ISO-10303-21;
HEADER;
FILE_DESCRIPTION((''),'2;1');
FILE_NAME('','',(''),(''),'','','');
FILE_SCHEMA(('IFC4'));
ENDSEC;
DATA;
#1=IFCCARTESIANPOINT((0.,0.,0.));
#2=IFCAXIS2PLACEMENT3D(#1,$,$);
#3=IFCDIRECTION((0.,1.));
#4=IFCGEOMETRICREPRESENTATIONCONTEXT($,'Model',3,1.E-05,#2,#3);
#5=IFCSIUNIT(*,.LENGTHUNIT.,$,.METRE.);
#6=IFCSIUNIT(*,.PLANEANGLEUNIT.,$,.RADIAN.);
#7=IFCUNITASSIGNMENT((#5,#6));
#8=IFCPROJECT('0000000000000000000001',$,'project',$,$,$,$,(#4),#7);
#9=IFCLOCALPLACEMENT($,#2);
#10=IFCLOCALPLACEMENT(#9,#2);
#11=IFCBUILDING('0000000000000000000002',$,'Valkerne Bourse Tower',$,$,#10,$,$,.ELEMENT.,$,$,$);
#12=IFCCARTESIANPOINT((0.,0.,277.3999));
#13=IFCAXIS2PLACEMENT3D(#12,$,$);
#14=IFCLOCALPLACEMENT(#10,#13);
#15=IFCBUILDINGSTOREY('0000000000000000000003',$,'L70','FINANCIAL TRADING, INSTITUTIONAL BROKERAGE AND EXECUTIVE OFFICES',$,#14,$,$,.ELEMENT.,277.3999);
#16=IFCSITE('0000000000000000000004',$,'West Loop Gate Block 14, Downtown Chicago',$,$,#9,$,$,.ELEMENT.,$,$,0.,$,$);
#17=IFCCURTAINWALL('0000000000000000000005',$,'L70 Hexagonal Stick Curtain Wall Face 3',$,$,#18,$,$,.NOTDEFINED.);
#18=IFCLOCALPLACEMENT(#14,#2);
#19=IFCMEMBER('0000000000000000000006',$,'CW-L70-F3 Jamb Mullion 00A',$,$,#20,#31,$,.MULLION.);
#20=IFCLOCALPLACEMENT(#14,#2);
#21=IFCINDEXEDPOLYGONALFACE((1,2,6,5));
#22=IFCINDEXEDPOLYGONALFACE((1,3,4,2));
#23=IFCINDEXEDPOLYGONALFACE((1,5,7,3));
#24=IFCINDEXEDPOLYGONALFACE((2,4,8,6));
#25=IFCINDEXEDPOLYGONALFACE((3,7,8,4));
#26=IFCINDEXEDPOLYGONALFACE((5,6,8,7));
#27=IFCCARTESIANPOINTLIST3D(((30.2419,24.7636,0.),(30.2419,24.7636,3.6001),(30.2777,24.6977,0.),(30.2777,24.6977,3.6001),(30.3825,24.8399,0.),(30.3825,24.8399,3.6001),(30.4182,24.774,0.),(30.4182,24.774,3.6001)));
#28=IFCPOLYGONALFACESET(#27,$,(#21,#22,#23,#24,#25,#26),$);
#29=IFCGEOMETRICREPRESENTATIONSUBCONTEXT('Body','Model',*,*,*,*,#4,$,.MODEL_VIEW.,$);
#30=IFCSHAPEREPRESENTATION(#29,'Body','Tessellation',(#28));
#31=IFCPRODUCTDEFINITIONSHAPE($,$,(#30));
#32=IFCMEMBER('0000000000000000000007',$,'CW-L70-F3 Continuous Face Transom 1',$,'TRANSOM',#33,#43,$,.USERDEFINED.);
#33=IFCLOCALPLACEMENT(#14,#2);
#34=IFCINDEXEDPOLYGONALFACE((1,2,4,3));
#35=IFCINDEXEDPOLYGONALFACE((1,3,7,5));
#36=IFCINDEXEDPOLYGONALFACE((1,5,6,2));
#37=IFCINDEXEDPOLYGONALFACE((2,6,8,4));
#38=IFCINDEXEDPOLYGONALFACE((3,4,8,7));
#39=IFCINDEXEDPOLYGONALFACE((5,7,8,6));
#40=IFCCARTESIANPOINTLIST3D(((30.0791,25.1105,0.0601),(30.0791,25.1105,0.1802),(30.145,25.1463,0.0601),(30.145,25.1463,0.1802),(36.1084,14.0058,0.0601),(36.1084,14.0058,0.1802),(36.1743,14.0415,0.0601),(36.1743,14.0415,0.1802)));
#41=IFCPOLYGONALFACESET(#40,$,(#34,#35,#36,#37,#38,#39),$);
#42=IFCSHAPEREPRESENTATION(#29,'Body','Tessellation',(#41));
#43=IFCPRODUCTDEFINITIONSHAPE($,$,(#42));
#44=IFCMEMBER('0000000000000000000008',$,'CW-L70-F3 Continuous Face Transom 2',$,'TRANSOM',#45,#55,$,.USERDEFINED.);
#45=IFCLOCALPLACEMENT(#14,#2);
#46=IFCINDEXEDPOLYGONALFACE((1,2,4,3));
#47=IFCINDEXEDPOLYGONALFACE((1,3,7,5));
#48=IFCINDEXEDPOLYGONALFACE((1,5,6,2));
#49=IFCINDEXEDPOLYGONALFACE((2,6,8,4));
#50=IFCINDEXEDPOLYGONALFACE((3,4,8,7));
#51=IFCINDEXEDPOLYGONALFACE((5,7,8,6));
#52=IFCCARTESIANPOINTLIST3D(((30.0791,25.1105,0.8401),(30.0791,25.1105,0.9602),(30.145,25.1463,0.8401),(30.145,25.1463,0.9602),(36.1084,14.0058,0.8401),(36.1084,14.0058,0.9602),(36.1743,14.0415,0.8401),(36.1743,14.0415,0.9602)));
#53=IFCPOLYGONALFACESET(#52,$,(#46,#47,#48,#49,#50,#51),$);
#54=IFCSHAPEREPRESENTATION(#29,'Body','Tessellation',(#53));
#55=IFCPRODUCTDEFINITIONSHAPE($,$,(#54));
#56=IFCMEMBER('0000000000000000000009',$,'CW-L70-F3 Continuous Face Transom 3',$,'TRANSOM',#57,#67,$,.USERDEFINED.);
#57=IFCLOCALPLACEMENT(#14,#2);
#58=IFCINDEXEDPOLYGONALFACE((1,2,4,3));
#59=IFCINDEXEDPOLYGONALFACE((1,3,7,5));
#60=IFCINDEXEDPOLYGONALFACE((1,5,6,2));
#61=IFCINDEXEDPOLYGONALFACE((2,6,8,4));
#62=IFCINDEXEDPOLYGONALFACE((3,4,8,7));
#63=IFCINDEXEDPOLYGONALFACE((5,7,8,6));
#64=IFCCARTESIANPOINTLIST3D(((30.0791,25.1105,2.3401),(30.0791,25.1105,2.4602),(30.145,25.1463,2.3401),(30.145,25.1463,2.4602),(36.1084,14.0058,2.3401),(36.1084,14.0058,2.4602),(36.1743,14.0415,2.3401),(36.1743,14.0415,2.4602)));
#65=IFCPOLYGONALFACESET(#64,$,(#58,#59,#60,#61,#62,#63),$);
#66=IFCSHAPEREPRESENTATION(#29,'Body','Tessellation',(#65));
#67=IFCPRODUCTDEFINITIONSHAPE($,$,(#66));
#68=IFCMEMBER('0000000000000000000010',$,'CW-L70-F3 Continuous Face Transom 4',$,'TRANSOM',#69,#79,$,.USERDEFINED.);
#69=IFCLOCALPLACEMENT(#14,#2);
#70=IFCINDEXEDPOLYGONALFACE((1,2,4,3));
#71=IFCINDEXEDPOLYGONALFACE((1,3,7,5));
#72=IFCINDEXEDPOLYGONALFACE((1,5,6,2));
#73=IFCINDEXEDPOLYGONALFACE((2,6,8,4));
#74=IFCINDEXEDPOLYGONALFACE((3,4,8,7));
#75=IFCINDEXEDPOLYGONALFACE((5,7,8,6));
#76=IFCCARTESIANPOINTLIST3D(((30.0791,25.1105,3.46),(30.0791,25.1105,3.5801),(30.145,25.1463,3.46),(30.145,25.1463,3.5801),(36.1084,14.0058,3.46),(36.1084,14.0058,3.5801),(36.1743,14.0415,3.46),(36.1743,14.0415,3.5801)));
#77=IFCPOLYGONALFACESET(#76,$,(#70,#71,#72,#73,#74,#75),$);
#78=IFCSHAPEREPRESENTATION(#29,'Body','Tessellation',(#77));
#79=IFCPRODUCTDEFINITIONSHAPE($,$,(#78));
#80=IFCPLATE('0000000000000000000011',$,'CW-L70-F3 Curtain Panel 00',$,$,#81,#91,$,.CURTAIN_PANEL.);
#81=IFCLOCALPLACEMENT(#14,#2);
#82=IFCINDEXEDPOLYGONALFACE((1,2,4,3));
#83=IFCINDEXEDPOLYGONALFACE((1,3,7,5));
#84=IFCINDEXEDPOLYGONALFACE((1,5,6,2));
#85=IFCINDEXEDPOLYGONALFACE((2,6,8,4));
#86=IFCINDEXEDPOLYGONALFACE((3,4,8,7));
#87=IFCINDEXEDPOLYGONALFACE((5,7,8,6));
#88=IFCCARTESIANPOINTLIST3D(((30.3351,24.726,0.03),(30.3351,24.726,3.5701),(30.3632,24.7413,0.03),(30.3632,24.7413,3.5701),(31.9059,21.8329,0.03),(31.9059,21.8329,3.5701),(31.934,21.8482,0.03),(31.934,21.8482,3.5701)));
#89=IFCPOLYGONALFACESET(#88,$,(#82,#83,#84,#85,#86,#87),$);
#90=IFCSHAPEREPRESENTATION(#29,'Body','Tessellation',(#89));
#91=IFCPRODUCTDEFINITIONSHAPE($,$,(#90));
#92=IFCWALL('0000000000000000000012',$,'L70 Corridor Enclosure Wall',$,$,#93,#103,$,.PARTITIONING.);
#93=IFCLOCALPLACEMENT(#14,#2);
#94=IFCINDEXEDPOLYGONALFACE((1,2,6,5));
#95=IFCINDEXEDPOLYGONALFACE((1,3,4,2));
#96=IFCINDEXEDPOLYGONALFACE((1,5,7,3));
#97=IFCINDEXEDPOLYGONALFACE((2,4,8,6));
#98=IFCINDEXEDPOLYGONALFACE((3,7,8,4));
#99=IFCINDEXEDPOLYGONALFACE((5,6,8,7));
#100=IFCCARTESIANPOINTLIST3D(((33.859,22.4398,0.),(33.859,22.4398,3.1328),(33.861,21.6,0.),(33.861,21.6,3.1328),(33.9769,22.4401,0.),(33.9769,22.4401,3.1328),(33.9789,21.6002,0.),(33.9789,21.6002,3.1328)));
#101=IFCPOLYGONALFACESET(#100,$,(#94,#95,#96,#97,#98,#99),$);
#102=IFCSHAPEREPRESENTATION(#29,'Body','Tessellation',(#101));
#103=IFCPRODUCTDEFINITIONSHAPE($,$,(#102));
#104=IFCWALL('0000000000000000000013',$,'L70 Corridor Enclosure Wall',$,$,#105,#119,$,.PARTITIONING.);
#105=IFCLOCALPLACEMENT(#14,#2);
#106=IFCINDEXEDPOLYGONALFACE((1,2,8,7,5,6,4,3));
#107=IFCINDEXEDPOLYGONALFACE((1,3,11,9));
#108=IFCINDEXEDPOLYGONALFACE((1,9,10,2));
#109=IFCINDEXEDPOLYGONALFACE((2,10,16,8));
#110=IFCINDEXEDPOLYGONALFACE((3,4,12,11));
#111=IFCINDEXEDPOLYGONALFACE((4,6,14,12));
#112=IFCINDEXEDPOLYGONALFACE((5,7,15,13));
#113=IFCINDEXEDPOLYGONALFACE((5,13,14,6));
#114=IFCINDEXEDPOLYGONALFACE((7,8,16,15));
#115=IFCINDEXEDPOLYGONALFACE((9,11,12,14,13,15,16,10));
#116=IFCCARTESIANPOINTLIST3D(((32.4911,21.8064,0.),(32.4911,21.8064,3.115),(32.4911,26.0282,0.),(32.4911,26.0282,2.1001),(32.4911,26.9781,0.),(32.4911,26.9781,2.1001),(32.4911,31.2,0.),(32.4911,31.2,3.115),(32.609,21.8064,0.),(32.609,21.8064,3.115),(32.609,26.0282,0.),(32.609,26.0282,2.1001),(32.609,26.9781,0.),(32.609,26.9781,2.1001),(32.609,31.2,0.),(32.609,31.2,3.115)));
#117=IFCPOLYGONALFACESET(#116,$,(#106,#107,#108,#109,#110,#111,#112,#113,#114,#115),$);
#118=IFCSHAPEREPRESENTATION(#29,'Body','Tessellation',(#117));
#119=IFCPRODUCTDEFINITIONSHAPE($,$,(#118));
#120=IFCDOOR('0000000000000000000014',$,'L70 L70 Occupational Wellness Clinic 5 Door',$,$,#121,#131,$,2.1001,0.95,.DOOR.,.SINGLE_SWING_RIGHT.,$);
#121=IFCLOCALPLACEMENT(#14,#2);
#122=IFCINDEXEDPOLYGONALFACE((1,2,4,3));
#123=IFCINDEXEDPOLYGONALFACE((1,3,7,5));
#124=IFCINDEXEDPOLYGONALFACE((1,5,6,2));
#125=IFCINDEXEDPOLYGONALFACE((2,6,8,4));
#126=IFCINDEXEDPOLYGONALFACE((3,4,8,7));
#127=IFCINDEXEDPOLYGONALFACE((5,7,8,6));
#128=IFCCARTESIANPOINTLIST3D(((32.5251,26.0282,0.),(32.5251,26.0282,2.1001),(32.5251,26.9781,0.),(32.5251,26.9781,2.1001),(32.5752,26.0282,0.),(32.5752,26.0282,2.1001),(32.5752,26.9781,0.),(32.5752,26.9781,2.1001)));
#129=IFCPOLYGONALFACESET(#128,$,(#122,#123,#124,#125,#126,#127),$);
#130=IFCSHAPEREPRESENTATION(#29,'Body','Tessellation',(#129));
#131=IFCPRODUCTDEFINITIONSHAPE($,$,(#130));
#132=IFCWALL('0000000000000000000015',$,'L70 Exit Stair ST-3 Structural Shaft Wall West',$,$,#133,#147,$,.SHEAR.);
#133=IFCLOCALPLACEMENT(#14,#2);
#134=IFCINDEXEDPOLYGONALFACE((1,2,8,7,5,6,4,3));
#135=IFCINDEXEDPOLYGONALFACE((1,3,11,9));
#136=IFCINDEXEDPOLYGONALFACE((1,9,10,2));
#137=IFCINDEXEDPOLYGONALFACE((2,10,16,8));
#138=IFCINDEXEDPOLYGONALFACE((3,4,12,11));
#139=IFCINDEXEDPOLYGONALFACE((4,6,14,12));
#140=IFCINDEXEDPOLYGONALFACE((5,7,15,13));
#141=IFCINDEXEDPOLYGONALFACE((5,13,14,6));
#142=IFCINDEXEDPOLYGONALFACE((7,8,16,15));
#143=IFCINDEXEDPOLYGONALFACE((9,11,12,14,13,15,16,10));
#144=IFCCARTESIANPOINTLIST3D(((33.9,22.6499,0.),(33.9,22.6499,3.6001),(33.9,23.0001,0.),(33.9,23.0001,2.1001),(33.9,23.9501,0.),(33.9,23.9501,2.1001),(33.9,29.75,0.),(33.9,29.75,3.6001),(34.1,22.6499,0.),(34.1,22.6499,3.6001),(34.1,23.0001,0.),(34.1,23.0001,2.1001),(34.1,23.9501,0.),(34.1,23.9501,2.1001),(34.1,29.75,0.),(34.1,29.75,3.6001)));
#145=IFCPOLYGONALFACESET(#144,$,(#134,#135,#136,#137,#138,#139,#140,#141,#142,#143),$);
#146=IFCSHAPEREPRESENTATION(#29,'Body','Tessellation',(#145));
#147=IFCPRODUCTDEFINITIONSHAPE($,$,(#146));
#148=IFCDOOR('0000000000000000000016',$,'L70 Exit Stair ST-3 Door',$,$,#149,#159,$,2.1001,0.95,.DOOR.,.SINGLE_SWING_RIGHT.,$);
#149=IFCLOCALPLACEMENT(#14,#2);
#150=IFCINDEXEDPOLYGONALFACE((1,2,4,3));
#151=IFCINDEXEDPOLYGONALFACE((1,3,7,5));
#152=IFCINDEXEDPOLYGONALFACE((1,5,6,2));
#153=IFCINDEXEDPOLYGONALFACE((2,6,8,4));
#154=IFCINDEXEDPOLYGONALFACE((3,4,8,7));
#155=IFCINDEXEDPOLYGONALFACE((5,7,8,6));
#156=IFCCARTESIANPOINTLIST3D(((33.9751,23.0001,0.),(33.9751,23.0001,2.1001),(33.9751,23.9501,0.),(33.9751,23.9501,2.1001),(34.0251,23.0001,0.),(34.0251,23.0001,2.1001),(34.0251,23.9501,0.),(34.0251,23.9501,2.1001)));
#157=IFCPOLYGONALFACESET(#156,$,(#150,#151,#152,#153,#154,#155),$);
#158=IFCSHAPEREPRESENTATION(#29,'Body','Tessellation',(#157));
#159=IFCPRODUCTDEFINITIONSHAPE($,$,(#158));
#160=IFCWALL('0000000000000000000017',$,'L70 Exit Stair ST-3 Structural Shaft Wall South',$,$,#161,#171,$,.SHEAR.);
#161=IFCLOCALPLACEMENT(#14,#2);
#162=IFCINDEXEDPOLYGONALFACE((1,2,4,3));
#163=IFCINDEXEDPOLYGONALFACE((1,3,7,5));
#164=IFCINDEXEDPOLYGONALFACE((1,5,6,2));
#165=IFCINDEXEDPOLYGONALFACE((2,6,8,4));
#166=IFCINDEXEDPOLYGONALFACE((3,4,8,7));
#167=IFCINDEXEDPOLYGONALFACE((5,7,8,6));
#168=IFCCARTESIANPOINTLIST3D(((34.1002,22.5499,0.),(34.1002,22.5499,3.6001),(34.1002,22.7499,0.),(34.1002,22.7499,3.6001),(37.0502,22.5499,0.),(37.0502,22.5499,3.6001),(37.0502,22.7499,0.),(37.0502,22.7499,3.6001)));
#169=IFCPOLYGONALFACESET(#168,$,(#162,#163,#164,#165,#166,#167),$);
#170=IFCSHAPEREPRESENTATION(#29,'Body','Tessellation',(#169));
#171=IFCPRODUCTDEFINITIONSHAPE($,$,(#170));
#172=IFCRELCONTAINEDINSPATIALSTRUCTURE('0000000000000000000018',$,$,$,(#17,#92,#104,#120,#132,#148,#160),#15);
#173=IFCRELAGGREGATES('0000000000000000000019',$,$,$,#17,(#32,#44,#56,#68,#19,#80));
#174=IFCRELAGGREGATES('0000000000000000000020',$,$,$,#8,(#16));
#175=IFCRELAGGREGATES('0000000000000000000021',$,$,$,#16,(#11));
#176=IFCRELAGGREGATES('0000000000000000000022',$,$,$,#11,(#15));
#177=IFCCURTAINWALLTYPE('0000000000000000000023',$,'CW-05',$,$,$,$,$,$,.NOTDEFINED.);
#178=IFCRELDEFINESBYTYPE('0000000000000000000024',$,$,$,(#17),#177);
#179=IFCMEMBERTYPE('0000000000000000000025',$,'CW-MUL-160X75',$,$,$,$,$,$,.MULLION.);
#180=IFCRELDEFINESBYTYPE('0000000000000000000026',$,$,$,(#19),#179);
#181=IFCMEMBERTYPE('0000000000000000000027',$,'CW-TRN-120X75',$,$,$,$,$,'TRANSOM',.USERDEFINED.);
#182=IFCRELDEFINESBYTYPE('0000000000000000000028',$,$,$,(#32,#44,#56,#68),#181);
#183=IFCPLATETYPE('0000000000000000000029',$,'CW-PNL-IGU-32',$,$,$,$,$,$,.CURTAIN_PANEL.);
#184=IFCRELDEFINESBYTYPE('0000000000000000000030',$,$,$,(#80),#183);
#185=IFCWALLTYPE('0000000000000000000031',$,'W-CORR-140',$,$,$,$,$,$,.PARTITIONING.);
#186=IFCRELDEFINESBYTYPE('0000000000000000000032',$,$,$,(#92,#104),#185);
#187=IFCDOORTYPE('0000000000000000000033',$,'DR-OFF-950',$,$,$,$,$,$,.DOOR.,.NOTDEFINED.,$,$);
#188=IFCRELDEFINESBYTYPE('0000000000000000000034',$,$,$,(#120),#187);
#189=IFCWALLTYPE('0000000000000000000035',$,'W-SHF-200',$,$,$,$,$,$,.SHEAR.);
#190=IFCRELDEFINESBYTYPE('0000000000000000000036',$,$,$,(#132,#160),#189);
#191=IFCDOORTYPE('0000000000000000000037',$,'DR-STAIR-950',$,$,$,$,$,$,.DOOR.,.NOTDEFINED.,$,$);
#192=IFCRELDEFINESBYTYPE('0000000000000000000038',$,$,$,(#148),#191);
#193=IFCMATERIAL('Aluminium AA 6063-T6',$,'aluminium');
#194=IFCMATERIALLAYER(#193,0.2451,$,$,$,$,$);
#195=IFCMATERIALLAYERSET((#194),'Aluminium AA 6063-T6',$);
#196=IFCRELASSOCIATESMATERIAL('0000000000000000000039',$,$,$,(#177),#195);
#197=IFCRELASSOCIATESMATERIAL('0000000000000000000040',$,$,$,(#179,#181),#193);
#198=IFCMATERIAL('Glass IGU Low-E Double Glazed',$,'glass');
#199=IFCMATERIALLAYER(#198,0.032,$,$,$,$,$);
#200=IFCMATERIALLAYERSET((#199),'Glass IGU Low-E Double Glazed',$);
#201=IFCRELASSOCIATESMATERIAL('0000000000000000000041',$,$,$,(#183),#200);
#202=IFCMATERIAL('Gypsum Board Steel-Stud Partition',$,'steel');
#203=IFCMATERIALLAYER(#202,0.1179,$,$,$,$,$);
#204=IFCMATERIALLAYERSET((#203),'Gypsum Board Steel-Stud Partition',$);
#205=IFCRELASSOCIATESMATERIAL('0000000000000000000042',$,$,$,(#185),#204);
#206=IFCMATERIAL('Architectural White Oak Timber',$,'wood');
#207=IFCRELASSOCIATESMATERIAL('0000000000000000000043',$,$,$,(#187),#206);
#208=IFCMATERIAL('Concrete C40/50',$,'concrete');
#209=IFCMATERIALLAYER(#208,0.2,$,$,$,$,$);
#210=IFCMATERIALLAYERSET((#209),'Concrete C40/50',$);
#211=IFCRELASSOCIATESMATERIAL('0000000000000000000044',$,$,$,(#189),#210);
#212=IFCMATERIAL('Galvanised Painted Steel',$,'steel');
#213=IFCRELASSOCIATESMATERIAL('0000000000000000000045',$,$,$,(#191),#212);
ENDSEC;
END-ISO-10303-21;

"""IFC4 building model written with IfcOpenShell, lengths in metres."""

from ifc_helpers import new_model, si_unit, direction, frame, frame_2d, origin, origin_2d, place, context, subcontext, project, spatial, rectangle, extrude, material, layer, layer_set, material_profile, profile_set, type_object, element, fill, aggregate, save


model = new_model("IFC4")

# Units and contexts
model_context = context("Model", 3, precision=1e-05, world=origin(), true_north=direction((0.0, 1.0)))
body_context = subcontext(model_context, "Body", "Model", "MODEL_VIEW")
ifc_project = project(units=[si_unit("LENGTHUNIT", "METRE"), si_unit("PLANEANGLEUNIT", "RADIAN")], contexts=[model_context])

# Site, building, storey
site_placement = place(None, origin())
site = spatial("IfcSite", under=ifc_project, at=site_placement, Name="West Loop Gate Block 14, Downtown Chicago", CompositionType="ELEMENT", RefElevation=0.0)
building_placement = place(site_placement, origin())
building = spatial("IfcBuilding", under=site, at=building_placement, Name="Valkerne Bourse Tower", CompositionType="ELEMENT")
storey_placement = place(building_placement, frame((0.0, 0.0, 277.3999)))
storey = spatial("IfcBuildingStorey", under=building, at=storey_placement, Name="L70", Description="FINANCIAL TRADING, INSTITUTIONAL BROKERAGE AND EXECUTIVE OFFICES", CompositionType="ELEMENT", Elevation=277.3999)

# Curtain wall, members, plate
ifc_material_1 = material(Name="Aluminium AA 6063-T6", Category="aluminium")
ifc_layer_1 = layer(ifc_material_1, 0.2451)
ifc_layer_set_1 = layer_set([ifc_layer_1], Name="Aluminium AA 6063-T6")
curtain_wall_type = type_object("IfcCurtainWallType", Name="CW-05", PredefinedType="NOTDEFINED", material=ifc_layer_set_1)
curtain_wall_placement = place(storey_placement, origin())
curtain_wall = element("IfcCurtainWall", 1, at=curtain_wall_placement, inside=storey, type_object=curtain_wall_type, Name="L70 Hexagonal Stick Curtain Wall Face 3", PredefinedType="NOTDEFINED")
ifc_material_profile_1 = material_profile(ifc_material_1, rectangle(XDim=0.075, YDim=0.1599, at=origin_2d()), Name="CWM-75X160")
ifc_profile_set_1 = profile_set([ifc_material_profile_1], Name="Aluminium AA 6063-T6")
member_type_1 = type_object("IfcMemberType", Name="CW-MUL-160X75", PredefinedType="MULLION", material=ifc_profile_set_1)
member_1_placement = place(storey_placement, frame((30.3301, 24.7688, 0.0), z_axis=(0.0, 0.0, 1.0), x_axis=(0.477158, -0.878818, 0.0)))
member_1 = element("IfcMember", 2, at=member_1_placement, type_object=member_type_1, Name="CW-L70-F3 Jamb Mullion 00A", PredefinedType="MULLION", context=body_context, shape_type="SweptSolid", body=[
    extrude(rectangle(XDim=0.075, YDim=0.1599, at=origin_2d()), origin(), (0.0, 0.0, 1.0), 3.6001),
])
ifc_material_profile_2 = material_profile(ifc_material_1, rectangle(XDim=0.075, YDim=0.1201, at=origin_2d()), Name="CWT-75X120")
ifc_profile_set_2 = profile_set([ifc_material_profile_2], Name="Aluminium AA 6063-T6")
member_type_2 = type_object("IfcMemberType", Name="CW-TRN-120X75", ElementType="TRANSOM", PredefinedType="USERDEFINED", material=ifc_profile_set_2)
member_2_placement = place(storey_placement, frame((30.1121, 25.1284, 0.1201), z_axis=(0.477154, -0.87882, 0.0), x_axis=(0.87882, 0.477154, 0.0)))
member_2 = element("IfcMember", 3, at=member_2_placement, type_object=member_type_2, Name="CW-L70-F3 Continuous Face Transom 1", ObjectType="TRANSOM", PredefinedType="USERDEFINED", context=body_context, shape_type="SweptSolid", body=[
    extrude(rectangle(XDim=0.075, YDim=0.1201, at=origin_2d()), origin(), (0.0, 0.0, 1.0), 12.636),
])
member_3_placement = place(storey_placement, frame((30.1121, 25.1284, 0.9001), z_axis=(0.477154, -0.87882, 0.0), x_axis=(0.87882, 0.477154, 0.0)))
member_3 = element("IfcMember", 4, at=member_3_placement, type_object=member_type_2, Name="CW-L70-F3 Continuous Face Transom 2", ObjectType="TRANSOM", PredefinedType="USERDEFINED", context=body_context, shape_type="SweptSolid", body=[
    extrude(rectangle(XDim=0.075, YDim=0.1201, at=origin_2d()), origin(), (0.0, 0.0, 1.0), 12.636),
])
member_4_placement = place(storey_placement, frame((30.1121, 25.1284, 2.4001), z_axis=(0.477154, -0.87882, 0.0), x_axis=(0.87882, 0.477154, 0.0)))
member_4 = element("IfcMember", 5, at=member_4_placement, type_object=member_type_2, Name="CW-L70-F3 Continuous Face Transom 3", ObjectType="TRANSOM", PredefinedType="USERDEFINED", context=body_context, shape_type="SweptSolid", body=[
    extrude(rectangle(XDim=0.075, YDim=0.1201, at=origin_2d()), origin(), (0.0, 0.0, 1.0), 12.636),
])
member_5_placement = place(storey_placement, frame((30.1121, 25.1284, 3.52), z_axis=(0.477154, -0.87882, 0.0), x_axis=(0.87882, 0.477154, 0.0)))
member_5 = element("IfcMember", 6, at=member_5_placement, type_object=member_type_2, Name="CW-L70-F3 Continuous Face Transom 4", ObjectType="TRANSOM", PredefinedType="USERDEFINED", context=body_context, shape_type="SweptSolid", body=[
    extrude(rectangle(XDim=0.075, YDim=0.1201, at=origin_2d()), origin(), (0.0, 0.0, 1.0), 12.636),
])
ifc_material_2 = material(Name="Glass IGU Low-E Double Glazed", Category="glass")
ifc_layer_2 = layer(ifc_material_2, 0.032)
ifc_layer_set_2 = layer_set([ifc_layer_2], Name="Glass IGU Low-E Double Glazed")
plate_type = type_object("IfcPlateType", Name="CW-PNL-IGU-32", PredefinedType="CURTAIN_PANEL", material=ifc_layer_set_2)
plate_placement = place(storey_placement, frame((31.1345, 23.2871, 0.03), z_axis=(0.0, 0.0, 1.0), x_axis=(0.477158, -0.878818, 0.0)))
plate = element("IfcPlate", 7, at=plate_placement, type_object=plate_type, Name="CW-L70-F3 Curtain Panel 00", PredefinedType="CURTAIN_PANEL", context=body_context, shape_type="SweptSolid", body=[
    extrude(rectangle(XDim=3.292, YDim=0.032, at=origin_2d()), origin(), (0.0, 0.0, 1.0), 3.54),
])
aggregate(curtain_wall, [member_2, member_3, member_4, member_5, member_1, plate])

# Wall
ifc_material_3 = material(Name="Gypsum Board Steel-Stud Partition", Category="steel")
ifc_layer_3 = layer(ifc_material_3, 0.1179)
ifc_layer_set_3 = layer_set([ifc_layer_3], Name="Gypsum Board Steel-Stud Partition")
wall_type_1 = type_object("IfcWallType", Name="W-CORR-140", PredefinedType="PARTITIONING", material=ifc_layer_set_3)
wall_1_placement = place(storey_placement, frame((33.918, 22.4399, 0.0), z_axis=(0.0, 0.0, 1.0), x_axis=(0.002326, -0.999997, 0.0)))
element("IfcWall", 8, at=wall_1_placement, inside=storey, type_object=wall_type_1, Name="L70 Corridor Enclosure Wall", PredefinedType="PARTITIONING", context=body_context, shape_type="SweptSolid", body=[
    extrude(rectangle(XDim=0.8398, YDim=0.1179, at=frame_2d((0.4199, 0.0))), origin(), (0.0, 0.0, 1.0), 3.1328),
])

# Walls, openings, doors
wall_2_placement = place(storey_placement, frame((32.55, 21.8064, 0.0), z_axis=(0.0, 0.0, 1.0), x_axis=(0.0, 1.0, 0.0)))
wall_2 = element("IfcWall", 9, at=wall_2_placement, inside=storey, type_object=wall_type_1, Name="L70 Corridor Enclosure Wall", PredefinedType="PARTITIONING", context=body_context, shape_type="SweptSolid", body=[
    extrude(rectangle(XDim=9.3936, YDim=0.1179, at=frame_2d((4.6968, 0.0))), origin(), (0.0, 0.0, 1.0), 3.115),
])
opening_1_placement = place(wall_2_placement, frame((4.2217, 0.0, 0.0)))
opening_1 = element("IfcOpeningElement", 10, at=opening_1_placement, cuts=wall_2, PredefinedType="OPENING", context=body_context, shape_type="SweptSolid", body=[
    extrude(rectangle(XDim=0.95, YDim=2.1001, at=frame_2d((0.4751, 1.05))), frame((0.0, 0.0688, 0.0), z_axis=(0.0, -1.0, 0.0), x_axis=(1.0, 0.0, 0.0)), (0.0, 0.0, 1.0), 0.1379),
])
ifc_material_4 = material(Name="Architectural White Oak Timber", Category="wood")
door_type_1 = type_object("IfcDoorType", Name="DR-OFF-950", OperationType="NOTDEFINED", PredefinedType="DOOR", material=ifc_material_4)
door_1_placement = place(opening_1_placement, origin())
door_1 = element("IfcDoor", 11, at=door_1_placement, inside=storey, type_object=door_type_1, Name="L70 L70 Occupational Wellness Clinic 5 Door", OperationType="SINGLE_SWING_RIGHT", OverallHeight=2.1001, OverallWidth=0.95, PredefinedType="DOOR", context=body_context, shape_type="SweptSolid", body=[
    extrude(rectangle(XDim=0.95, YDim=2.1001, at=frame_2d((0.4751, 1.05))), frame((0.0, 0.0249, 0.0), z_axis=(0.0, -1.0, 0.0), x_axis=(1.0, 0.0, 0.0)), (0.0, 0.0, 1.0), 0.05),
])
fill(opening_1, door_1)
ifc_material_5 = material(Name="Concrete C40/50", Category="concrete")
ifc_layer_4 = layer(ifc_material_5, 0.2)
ifc_layer_set_4 = layer_set([ifc_layer_4], Name="Concrete C40/50")
wall_type_2 = type_object("IfcWallType", Name="W-SHF-200", PredefinedType="SHEAR", material=ifc_layer_set_4)
wall_3_placement = place(storey_placement, frame((34.0, 22.6499, 0.0), z_axis=(0.0, 0.0, 1.0), x_axis=(0.0, 1.0, 0.0)))
wall_3 = element("IfcWall", 12, at=wall_3_placement, inside=storey, type_object=wall_type_2, Name="L70 Exit Stair ST-3 Structural Shaft Wall West", PredefinedType="SHEAR", context=body_context, shape_type="SweptSolid", body=[
    extrude(rectangle(XDim=7.1001, YDim=0.2, at=frame_2d((3.55, 0.0))), origin(), (0.0, 0.0, 1.0), 3.6001),
])
opening_2_placement = place(wall_3_placement, frame((0.3501, 0.0, 0.0)))
opening_2 = element("IfcOpeningElement", 13, at=opening_2_placement, cuts=wall_3, PredefinedType="OPENING", context=body_context, shape_type="SweptSolid", body=[
    extrude(rectangle(XDim=0.95, YDim=2.1001, at=frame_2d((0.4751, 1.05))), frame((0.0, 0.1099, 0.0), z_axis=(0.0, -1.0, 0.0), x_axis=(1.0, 0.0, 0.0)), (0.0, 0.0, 1.0), 0.22),
])
ifc_material_6 = material(Name="Galvanised Painted Steel", Category="steel")
door_type_2 = type_object("IfcDoorType", Name="DR-STAIR-950", OperationType="NOTDEFINED", PredefinedType="DOOR", material=ifc_material_6)
door_2_placement = place(opening_2_placement, origin())
door_2 = element("IfcDoor", 14, at=door_2_placement, inside=storey, type_object=door_type_2, Name="L70 Exit Stair ST-3 Door", OperationType="SINGLE_SWING_RIGHT", OverallHeight=2.1001, OverallWidth=0.95, PredefinedType="DOOR", context=body_context, shape_type="SweptSolid", body=[
    extrude(rectangle(XDim=0.95, YDim=2.1001, at=frame_2d((0.4751, 1.05))), frame((0.0, 0.0249, 0.0), z_axis=(0.0, -1.0, 0.0), x_axis=(1.0, 0.0, 0.0)), (0.0, 0.0, 1.0), 0.05),
])
fill(opening_2, door_2)

# Wall
for number, where, z_axis, x_axis, name in (
    (15, (34.1001, 22.6499, 0.0), (0.0, 0.0, 1.0), (1.0, 0.0, 0.0), "L70 Exit Stair ST-3 Structural Shaft Wall South"),
):
    element("IfcWall", number, at=place(storey_placement, frame(where, z_axis=z_axis, x_axis=x_axis)), inside=storey, type_object=wall_type_2, Name=name, PredefinedType="SHEAR", context=body_context, shape_type="SweptSolid", body=[
        extrude(rectangle(XDim=2.95, YDim=0.2, at=frame_2d((1.4751, 0.0))), origin(), (0.0, 0.0, 1.0), 3.6001),
    ])

save(model, "model.ifc")
